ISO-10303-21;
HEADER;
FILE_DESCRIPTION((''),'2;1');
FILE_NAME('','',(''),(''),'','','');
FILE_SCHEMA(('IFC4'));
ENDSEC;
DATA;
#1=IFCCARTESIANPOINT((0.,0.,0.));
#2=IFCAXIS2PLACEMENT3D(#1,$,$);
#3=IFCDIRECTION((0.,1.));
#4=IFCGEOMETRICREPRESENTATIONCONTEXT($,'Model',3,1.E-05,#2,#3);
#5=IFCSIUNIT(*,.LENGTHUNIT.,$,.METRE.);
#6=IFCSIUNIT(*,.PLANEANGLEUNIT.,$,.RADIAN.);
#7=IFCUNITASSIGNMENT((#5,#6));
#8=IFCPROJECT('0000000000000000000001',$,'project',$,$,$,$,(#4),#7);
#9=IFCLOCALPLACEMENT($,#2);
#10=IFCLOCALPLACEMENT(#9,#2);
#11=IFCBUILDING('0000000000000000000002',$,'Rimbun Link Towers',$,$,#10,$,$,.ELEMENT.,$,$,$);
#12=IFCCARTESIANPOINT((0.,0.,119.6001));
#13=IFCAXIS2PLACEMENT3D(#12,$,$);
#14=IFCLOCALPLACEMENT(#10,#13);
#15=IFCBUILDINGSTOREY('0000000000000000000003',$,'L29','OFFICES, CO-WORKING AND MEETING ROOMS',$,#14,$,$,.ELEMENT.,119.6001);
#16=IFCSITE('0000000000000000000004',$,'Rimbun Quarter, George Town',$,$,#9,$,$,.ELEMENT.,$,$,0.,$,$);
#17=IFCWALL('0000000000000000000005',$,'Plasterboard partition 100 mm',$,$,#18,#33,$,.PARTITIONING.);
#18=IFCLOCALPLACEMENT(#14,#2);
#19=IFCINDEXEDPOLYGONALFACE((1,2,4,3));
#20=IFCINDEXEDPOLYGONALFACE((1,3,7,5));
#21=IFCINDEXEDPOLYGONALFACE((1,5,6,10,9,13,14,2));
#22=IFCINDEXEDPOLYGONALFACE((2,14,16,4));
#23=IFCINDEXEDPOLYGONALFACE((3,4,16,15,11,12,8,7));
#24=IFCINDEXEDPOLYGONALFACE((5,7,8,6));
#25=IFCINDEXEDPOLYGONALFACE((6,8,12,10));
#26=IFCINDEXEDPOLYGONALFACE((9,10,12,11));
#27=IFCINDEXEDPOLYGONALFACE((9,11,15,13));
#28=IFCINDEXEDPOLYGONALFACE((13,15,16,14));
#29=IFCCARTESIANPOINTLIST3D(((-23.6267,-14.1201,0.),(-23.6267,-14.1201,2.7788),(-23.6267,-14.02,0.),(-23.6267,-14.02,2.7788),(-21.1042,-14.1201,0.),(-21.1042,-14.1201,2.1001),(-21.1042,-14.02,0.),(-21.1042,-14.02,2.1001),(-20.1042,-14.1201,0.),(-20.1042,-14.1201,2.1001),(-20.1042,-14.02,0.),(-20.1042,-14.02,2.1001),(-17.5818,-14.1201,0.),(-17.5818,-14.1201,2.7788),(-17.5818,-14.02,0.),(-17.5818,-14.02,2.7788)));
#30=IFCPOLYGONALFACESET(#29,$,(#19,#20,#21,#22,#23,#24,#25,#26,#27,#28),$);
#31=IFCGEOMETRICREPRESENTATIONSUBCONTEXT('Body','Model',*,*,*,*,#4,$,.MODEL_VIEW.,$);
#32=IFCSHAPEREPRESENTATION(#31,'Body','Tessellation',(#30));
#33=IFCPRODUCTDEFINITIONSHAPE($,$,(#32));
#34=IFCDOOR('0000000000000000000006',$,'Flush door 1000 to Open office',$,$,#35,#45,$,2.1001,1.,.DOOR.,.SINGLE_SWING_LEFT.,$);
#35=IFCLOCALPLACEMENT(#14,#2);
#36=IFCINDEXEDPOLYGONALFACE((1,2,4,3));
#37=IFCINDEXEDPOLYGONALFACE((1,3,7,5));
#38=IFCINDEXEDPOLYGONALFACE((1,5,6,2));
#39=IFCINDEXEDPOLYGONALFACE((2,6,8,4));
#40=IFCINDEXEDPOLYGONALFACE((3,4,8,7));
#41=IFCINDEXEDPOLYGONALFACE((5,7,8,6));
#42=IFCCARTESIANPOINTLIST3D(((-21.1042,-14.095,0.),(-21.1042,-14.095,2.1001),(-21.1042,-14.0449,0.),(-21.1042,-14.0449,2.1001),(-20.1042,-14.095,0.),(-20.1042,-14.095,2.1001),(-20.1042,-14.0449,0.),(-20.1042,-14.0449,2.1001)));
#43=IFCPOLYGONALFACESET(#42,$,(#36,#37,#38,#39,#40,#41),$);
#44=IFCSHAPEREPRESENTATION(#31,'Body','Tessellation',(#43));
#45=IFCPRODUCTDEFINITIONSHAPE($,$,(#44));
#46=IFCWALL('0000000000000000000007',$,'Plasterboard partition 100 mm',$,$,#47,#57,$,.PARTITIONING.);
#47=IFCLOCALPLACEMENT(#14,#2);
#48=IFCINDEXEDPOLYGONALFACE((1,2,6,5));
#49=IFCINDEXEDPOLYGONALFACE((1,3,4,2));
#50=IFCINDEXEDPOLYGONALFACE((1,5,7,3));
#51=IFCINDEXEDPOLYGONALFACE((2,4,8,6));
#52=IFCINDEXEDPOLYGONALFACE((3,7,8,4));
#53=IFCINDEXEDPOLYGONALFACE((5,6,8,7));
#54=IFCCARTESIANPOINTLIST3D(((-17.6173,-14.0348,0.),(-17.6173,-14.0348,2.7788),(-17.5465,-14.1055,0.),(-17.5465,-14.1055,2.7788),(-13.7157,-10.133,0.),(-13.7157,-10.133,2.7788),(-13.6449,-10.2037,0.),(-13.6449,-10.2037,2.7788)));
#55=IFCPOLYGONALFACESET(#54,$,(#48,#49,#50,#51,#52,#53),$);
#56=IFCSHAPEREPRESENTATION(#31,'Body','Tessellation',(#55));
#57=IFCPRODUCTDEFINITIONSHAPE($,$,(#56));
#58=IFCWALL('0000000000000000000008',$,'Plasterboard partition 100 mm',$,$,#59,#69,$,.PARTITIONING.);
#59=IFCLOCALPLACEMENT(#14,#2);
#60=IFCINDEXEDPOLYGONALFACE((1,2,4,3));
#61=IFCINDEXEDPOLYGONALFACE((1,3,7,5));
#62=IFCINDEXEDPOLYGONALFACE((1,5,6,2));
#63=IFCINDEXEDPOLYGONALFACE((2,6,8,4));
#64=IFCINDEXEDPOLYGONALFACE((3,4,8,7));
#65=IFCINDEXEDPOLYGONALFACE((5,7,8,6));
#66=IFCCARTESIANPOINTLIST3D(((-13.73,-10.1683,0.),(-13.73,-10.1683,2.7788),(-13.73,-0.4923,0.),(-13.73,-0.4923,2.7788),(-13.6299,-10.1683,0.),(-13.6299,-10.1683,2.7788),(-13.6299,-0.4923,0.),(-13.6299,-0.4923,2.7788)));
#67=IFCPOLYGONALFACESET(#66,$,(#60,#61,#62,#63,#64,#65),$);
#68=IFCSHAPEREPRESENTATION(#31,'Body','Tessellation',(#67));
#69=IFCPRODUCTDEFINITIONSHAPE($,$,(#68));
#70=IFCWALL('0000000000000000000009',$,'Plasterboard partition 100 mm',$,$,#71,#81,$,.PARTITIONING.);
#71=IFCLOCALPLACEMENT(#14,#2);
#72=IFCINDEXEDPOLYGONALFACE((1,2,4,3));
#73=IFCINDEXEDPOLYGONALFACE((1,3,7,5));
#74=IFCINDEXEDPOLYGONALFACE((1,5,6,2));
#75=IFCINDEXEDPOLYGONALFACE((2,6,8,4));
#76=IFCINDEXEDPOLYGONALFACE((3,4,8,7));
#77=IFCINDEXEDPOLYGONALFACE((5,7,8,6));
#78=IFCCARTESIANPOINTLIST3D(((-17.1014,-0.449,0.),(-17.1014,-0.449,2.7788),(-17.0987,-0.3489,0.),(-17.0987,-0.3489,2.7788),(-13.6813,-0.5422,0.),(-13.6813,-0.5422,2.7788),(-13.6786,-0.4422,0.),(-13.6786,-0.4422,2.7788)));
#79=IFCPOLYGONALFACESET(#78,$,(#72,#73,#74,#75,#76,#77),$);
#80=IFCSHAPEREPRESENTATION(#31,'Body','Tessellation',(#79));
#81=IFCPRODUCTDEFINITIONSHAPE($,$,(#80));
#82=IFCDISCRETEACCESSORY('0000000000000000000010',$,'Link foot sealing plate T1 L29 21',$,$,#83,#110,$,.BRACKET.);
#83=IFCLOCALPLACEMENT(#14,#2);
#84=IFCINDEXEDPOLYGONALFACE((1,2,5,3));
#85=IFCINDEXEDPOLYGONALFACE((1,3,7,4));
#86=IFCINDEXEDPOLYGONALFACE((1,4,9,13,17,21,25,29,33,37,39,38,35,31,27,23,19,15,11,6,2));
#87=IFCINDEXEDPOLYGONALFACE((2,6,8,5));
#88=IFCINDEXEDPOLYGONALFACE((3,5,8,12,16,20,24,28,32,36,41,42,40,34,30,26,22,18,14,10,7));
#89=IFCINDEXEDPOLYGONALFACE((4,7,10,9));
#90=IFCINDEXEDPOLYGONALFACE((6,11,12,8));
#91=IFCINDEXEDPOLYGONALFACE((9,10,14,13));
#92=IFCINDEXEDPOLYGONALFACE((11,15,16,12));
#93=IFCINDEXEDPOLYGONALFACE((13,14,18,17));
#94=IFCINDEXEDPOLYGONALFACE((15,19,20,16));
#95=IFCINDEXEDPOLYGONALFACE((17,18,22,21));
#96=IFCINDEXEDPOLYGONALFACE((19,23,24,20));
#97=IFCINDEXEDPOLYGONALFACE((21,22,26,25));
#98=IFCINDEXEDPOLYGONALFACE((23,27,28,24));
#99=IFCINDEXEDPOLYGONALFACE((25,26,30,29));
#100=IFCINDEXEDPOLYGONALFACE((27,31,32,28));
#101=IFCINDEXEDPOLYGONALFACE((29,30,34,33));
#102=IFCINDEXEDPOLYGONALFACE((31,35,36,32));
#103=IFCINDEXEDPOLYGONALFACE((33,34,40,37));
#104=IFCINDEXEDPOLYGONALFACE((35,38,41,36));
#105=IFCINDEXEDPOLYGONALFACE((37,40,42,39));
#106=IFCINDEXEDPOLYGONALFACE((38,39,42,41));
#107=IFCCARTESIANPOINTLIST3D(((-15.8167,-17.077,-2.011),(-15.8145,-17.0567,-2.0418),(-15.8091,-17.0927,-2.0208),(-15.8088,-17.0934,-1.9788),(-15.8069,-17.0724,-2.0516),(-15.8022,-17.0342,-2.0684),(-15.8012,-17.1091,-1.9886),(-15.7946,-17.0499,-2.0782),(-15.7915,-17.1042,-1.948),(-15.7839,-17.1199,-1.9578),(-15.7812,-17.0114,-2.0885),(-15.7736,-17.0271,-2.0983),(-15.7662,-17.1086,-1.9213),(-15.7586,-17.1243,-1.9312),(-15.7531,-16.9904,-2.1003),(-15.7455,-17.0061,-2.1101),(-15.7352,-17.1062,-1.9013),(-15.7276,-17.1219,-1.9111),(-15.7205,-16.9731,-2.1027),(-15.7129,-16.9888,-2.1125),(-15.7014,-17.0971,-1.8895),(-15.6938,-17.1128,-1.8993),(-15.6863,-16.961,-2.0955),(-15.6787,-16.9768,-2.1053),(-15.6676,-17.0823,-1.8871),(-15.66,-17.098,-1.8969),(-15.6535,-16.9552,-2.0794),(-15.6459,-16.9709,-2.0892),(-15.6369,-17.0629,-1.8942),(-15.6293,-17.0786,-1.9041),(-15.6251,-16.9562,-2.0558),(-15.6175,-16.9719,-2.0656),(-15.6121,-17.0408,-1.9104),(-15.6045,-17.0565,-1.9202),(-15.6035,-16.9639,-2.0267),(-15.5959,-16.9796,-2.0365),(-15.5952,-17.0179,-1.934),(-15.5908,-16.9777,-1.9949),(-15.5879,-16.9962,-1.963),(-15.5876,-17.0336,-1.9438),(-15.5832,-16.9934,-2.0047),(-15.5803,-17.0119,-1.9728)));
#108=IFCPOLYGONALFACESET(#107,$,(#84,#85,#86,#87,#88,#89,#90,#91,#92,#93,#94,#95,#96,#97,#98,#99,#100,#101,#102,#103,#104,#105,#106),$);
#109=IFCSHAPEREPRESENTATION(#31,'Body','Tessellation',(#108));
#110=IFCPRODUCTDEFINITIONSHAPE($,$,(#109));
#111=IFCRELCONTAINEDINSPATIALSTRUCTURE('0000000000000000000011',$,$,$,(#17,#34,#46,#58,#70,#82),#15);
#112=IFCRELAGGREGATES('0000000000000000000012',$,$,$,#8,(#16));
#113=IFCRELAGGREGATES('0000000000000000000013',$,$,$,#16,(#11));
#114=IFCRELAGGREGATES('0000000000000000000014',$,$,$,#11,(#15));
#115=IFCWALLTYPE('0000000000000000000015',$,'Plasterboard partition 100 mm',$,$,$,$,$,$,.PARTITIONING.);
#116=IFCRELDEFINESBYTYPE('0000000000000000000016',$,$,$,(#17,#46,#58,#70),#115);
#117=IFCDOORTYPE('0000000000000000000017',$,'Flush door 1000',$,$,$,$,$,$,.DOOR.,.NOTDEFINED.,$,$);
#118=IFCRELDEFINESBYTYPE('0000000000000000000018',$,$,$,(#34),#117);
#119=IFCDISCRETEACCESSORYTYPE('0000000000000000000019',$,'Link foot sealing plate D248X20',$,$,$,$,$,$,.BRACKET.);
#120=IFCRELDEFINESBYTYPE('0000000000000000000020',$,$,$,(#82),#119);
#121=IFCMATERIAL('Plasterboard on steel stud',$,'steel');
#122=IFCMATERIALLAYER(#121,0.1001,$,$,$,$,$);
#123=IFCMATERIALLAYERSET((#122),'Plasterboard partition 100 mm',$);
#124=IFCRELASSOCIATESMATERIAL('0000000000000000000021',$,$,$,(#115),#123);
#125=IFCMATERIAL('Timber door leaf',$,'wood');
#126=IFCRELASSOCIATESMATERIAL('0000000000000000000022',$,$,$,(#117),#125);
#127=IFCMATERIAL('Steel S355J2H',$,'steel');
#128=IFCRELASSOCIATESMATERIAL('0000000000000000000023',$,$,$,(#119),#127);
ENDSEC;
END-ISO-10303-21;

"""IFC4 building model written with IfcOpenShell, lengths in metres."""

from ifc_helpers import new_model, si_unit, direction, frame, frame_2d, origin, origin_2d, place, context, subcontext, project, spatial, rectangle, circle, extrude, material, layer, layer_set, material_profile, profile_set, type_object, element, fill, save


model = new_model("IFC4")

# Units and contexts
model_context = context("Model", 3, precision=1e-05, world=origin(), true_north=direction((0.0, 1.0)))
body_context = subcontext(model_context, "Body", "Model", "MODEL_VIEW")
ifc_project = project(units=[si_unit("LENGTHUNIT", "METRE"), si_unit("PLANEANGLEUNIT", "RADIAN")], contexts=[model_context])

# Site, building, storey
site_placement = place(None, origin())
site = spatial("IfcSite", under=ifc_project, at=site_placement, Name="Rimbun Quarter, George Town", CompositionType="ELEMENT", RefElevation=0.0)
building_placement = place(site_placement, origin())
building = spatial("IfcBuilding", under=site, at=building_placement, Name="Rimbun Link Towers", CompositionType="ELEMENT")
storey_placement = place(building_placement, frame((0.0, 0.0, 119.6001)))
storey = spatial("IfcBuildingStorey", under=building, at=storey_placement, Name="L29", Description="OFFICES, CO-WORKING AND MEETING ROOMS", CompositionType="ELEMENT", Elevation=119.6001)

# Wall, opening, door
ifc_material_1 = material(Name="Plasterboard on steel stud", Category="steel")
ifc_layer_1 = layer(ifc_material_1, 0.1001)
ifc_layer_set_1 = layer_set([ifc_layer_1], Name="Plasterboard partition 100 mm")
wall_type_1 = type_object("IfcWallType", Name="Plasterboard partition 100 mm", PredefinedType="PARTITIONING", material=ifc_layer_set_1)
wall_1_placement = place(storey_placement, frame((-17.5818, -14.0701, 0.0), z_axis=(0.0, 0.0, 1.0), x_axis=(-1.0, 0.0, 0.0)))
wall_1 = element("IfcWall", 1, at=wall_1_placement, inside=storey, type_object=wall_type_1, Name="Plasterboard partition 100 mm", PredefinedType="PARTITIONING", context=body_context, shape_type="SweptSolid", body=[
    extrude(rectangle(XDim=6.0449, YDim=0.1001, at=frame_2d((3.0225, 0.0))), origin(), (0.0, 0.0, 1.0), 2.7788),
])
opening_1_placement = place(wall_1_placement, frame((2.5225, 0.0, 0.0)))
opening_1 = element("IfcOpeningElement", 2, at=opening_1_placement, cuts=wall_1, PredefinedType="OPENING", context=body_context, shape_type="SweptSolid", body=[
    extrude(rectangle(XDim=1.0, YDim=2.1001, at=frame_2d((0.5, 1.05))), frame((0.0, 0.0601, 0.0), z_axis=(0.0, -1.0, 0.0), x_axis=(1.0, 0.0, 0.0)), (0.0, 0.0, 1.0), 0.1201),
])
ifc_material_2 = material(Name="Timber door leaf", Category="wood")
door_type_1 = type_object("IfcDoorType", Name="Flush door 1000", OperationType="NOTDEFINED", PredefinedType="DOOR", material=ifc_material_2)
door_1_placement = place(opening_1_placement, origin())
door_1 = element("IfcDoor", 3, at=door_1_placement, inside=storey, type_object=door_type_1, Name="Flush door 1000 to Open office", OperationType="SINGLE_SWING_LEFT", OverallHeight=2.1001, OverallWidth=1.0, PredefinedType="DOOR", context=body_context, shape_type="SweptSolid", body=[
    extrude(rectangle(XDim=1.0, YDim=2.1001, at=frame_2d((0.5, 1.05))), frame((0.0, 0.0249, 0.0), z_axis=(0.0, -1.0, 0.0), x_axis=(1.0, 0.0, 0.0)), (0.0, 0.0, 1.0), 0.05),
])
fill(opening_1, door_1)

# Walls
wall_2_placement = place(storey_placement, frame((-17.5818, -14.0701, 0.0), z_axis=(0.0, 0.0, 1.0), x_axis=(0.707085, 0.707129, 0.0)))
element("IfcWall", 4, at=wall_2_placement, inside=storey, type_object=wall_type_1, Name="Plasterboard partition 100 mm", PredefinedType="PARTITIONING", context=body_context, shape_type="SweptSolid", body=[
    extrude(rectangle(XDim=5.5178, YDim=0.1001, at=frame_2d((2.7588, 0.0))), origin(), (0.0, 0.0, 1.0), 2.7788),
])
wall_3_placement = place(storey_placement, frame((-13.6799, -10.1682, 0.0), z_axis=(0.0, 0.0, 1.0), x_axis=(0.0, 1.0, 0.0)))
element("IfcWall", 5, at=wall_3_placement, inside=storey, type_object=wall_type_1, Name="Plasterboard partition 100 mm", PredefinedType="PARTITIONING", context=body_context, shape_type="SweptSolid", body=[
    extrude(rectangle(XDim=9.676, YDim=0.1001, at=frame_2d((4.8379, 0.0))), origin(), (0.0, 0.0, 1.0), 2.7788),
])
wall_4_placement = place(storey_placement, frame((-13.6799, -0.4922, 0.0), z_axis=(0.0, 0.0, 1.0), x_axis=(-0.999628, 0.027258, 0.0)))
element("IfcWall", 6, at=wall_4_placement, inside=storey, type_object=wall_type_1, Name="Plasterboard partition 100 mm", PredefinedType="PARTITIONING", context=body_context, shape_type="SweptSolid", body=[
    extrude(rectangle(XDim=3.4214, YDim=0.1001, at=frame_2d((1.7107, 0.0))), origin(), (0.0, 0.0, 1.0), 2.7788),
])

# Discrete accessory
ifc_material_3 = material(Name="Steel S355J2H", Category="steel")
ifc_material_profile_1 = material_profile(ifc_material_3, circle(Radius=0.124, at=origin_2d()), Name="PL D248")
ifc_profile_set_1 = profile_set([ifc_material_profile_1], Name="Steel S355J2H")
discrete_accessory_type = type_object("IfcDiscreteAccessoryType", Name="Link foot sealing plate D248X20", PredefinedType="BRACKET", material=ifc_profile_set_1)
discrete_accessory_placement = place(storey_placement, frame((-15.7024, -17.0317, -1.9949), z_axis=(0.379946, -0.784406, -0.490254), x_axis=(0.899981, 0.435928, 0.0)))
element("IfcDiscreteAccessory", 7, at=discrete_accessory_placement, inside=storey, type_object=discrete_accessory_type, Name="Link foot sealing plate T1 L29 21", PredefinedType="BRACKET", context=body_context, shape_type="SweptSolid", body=[
    extrude(circle(Radius=0.124, at=origin_2d()), origin(), (0.0, 0.0, 1.0), 0.02),
])

save(model, "model.ifc")
